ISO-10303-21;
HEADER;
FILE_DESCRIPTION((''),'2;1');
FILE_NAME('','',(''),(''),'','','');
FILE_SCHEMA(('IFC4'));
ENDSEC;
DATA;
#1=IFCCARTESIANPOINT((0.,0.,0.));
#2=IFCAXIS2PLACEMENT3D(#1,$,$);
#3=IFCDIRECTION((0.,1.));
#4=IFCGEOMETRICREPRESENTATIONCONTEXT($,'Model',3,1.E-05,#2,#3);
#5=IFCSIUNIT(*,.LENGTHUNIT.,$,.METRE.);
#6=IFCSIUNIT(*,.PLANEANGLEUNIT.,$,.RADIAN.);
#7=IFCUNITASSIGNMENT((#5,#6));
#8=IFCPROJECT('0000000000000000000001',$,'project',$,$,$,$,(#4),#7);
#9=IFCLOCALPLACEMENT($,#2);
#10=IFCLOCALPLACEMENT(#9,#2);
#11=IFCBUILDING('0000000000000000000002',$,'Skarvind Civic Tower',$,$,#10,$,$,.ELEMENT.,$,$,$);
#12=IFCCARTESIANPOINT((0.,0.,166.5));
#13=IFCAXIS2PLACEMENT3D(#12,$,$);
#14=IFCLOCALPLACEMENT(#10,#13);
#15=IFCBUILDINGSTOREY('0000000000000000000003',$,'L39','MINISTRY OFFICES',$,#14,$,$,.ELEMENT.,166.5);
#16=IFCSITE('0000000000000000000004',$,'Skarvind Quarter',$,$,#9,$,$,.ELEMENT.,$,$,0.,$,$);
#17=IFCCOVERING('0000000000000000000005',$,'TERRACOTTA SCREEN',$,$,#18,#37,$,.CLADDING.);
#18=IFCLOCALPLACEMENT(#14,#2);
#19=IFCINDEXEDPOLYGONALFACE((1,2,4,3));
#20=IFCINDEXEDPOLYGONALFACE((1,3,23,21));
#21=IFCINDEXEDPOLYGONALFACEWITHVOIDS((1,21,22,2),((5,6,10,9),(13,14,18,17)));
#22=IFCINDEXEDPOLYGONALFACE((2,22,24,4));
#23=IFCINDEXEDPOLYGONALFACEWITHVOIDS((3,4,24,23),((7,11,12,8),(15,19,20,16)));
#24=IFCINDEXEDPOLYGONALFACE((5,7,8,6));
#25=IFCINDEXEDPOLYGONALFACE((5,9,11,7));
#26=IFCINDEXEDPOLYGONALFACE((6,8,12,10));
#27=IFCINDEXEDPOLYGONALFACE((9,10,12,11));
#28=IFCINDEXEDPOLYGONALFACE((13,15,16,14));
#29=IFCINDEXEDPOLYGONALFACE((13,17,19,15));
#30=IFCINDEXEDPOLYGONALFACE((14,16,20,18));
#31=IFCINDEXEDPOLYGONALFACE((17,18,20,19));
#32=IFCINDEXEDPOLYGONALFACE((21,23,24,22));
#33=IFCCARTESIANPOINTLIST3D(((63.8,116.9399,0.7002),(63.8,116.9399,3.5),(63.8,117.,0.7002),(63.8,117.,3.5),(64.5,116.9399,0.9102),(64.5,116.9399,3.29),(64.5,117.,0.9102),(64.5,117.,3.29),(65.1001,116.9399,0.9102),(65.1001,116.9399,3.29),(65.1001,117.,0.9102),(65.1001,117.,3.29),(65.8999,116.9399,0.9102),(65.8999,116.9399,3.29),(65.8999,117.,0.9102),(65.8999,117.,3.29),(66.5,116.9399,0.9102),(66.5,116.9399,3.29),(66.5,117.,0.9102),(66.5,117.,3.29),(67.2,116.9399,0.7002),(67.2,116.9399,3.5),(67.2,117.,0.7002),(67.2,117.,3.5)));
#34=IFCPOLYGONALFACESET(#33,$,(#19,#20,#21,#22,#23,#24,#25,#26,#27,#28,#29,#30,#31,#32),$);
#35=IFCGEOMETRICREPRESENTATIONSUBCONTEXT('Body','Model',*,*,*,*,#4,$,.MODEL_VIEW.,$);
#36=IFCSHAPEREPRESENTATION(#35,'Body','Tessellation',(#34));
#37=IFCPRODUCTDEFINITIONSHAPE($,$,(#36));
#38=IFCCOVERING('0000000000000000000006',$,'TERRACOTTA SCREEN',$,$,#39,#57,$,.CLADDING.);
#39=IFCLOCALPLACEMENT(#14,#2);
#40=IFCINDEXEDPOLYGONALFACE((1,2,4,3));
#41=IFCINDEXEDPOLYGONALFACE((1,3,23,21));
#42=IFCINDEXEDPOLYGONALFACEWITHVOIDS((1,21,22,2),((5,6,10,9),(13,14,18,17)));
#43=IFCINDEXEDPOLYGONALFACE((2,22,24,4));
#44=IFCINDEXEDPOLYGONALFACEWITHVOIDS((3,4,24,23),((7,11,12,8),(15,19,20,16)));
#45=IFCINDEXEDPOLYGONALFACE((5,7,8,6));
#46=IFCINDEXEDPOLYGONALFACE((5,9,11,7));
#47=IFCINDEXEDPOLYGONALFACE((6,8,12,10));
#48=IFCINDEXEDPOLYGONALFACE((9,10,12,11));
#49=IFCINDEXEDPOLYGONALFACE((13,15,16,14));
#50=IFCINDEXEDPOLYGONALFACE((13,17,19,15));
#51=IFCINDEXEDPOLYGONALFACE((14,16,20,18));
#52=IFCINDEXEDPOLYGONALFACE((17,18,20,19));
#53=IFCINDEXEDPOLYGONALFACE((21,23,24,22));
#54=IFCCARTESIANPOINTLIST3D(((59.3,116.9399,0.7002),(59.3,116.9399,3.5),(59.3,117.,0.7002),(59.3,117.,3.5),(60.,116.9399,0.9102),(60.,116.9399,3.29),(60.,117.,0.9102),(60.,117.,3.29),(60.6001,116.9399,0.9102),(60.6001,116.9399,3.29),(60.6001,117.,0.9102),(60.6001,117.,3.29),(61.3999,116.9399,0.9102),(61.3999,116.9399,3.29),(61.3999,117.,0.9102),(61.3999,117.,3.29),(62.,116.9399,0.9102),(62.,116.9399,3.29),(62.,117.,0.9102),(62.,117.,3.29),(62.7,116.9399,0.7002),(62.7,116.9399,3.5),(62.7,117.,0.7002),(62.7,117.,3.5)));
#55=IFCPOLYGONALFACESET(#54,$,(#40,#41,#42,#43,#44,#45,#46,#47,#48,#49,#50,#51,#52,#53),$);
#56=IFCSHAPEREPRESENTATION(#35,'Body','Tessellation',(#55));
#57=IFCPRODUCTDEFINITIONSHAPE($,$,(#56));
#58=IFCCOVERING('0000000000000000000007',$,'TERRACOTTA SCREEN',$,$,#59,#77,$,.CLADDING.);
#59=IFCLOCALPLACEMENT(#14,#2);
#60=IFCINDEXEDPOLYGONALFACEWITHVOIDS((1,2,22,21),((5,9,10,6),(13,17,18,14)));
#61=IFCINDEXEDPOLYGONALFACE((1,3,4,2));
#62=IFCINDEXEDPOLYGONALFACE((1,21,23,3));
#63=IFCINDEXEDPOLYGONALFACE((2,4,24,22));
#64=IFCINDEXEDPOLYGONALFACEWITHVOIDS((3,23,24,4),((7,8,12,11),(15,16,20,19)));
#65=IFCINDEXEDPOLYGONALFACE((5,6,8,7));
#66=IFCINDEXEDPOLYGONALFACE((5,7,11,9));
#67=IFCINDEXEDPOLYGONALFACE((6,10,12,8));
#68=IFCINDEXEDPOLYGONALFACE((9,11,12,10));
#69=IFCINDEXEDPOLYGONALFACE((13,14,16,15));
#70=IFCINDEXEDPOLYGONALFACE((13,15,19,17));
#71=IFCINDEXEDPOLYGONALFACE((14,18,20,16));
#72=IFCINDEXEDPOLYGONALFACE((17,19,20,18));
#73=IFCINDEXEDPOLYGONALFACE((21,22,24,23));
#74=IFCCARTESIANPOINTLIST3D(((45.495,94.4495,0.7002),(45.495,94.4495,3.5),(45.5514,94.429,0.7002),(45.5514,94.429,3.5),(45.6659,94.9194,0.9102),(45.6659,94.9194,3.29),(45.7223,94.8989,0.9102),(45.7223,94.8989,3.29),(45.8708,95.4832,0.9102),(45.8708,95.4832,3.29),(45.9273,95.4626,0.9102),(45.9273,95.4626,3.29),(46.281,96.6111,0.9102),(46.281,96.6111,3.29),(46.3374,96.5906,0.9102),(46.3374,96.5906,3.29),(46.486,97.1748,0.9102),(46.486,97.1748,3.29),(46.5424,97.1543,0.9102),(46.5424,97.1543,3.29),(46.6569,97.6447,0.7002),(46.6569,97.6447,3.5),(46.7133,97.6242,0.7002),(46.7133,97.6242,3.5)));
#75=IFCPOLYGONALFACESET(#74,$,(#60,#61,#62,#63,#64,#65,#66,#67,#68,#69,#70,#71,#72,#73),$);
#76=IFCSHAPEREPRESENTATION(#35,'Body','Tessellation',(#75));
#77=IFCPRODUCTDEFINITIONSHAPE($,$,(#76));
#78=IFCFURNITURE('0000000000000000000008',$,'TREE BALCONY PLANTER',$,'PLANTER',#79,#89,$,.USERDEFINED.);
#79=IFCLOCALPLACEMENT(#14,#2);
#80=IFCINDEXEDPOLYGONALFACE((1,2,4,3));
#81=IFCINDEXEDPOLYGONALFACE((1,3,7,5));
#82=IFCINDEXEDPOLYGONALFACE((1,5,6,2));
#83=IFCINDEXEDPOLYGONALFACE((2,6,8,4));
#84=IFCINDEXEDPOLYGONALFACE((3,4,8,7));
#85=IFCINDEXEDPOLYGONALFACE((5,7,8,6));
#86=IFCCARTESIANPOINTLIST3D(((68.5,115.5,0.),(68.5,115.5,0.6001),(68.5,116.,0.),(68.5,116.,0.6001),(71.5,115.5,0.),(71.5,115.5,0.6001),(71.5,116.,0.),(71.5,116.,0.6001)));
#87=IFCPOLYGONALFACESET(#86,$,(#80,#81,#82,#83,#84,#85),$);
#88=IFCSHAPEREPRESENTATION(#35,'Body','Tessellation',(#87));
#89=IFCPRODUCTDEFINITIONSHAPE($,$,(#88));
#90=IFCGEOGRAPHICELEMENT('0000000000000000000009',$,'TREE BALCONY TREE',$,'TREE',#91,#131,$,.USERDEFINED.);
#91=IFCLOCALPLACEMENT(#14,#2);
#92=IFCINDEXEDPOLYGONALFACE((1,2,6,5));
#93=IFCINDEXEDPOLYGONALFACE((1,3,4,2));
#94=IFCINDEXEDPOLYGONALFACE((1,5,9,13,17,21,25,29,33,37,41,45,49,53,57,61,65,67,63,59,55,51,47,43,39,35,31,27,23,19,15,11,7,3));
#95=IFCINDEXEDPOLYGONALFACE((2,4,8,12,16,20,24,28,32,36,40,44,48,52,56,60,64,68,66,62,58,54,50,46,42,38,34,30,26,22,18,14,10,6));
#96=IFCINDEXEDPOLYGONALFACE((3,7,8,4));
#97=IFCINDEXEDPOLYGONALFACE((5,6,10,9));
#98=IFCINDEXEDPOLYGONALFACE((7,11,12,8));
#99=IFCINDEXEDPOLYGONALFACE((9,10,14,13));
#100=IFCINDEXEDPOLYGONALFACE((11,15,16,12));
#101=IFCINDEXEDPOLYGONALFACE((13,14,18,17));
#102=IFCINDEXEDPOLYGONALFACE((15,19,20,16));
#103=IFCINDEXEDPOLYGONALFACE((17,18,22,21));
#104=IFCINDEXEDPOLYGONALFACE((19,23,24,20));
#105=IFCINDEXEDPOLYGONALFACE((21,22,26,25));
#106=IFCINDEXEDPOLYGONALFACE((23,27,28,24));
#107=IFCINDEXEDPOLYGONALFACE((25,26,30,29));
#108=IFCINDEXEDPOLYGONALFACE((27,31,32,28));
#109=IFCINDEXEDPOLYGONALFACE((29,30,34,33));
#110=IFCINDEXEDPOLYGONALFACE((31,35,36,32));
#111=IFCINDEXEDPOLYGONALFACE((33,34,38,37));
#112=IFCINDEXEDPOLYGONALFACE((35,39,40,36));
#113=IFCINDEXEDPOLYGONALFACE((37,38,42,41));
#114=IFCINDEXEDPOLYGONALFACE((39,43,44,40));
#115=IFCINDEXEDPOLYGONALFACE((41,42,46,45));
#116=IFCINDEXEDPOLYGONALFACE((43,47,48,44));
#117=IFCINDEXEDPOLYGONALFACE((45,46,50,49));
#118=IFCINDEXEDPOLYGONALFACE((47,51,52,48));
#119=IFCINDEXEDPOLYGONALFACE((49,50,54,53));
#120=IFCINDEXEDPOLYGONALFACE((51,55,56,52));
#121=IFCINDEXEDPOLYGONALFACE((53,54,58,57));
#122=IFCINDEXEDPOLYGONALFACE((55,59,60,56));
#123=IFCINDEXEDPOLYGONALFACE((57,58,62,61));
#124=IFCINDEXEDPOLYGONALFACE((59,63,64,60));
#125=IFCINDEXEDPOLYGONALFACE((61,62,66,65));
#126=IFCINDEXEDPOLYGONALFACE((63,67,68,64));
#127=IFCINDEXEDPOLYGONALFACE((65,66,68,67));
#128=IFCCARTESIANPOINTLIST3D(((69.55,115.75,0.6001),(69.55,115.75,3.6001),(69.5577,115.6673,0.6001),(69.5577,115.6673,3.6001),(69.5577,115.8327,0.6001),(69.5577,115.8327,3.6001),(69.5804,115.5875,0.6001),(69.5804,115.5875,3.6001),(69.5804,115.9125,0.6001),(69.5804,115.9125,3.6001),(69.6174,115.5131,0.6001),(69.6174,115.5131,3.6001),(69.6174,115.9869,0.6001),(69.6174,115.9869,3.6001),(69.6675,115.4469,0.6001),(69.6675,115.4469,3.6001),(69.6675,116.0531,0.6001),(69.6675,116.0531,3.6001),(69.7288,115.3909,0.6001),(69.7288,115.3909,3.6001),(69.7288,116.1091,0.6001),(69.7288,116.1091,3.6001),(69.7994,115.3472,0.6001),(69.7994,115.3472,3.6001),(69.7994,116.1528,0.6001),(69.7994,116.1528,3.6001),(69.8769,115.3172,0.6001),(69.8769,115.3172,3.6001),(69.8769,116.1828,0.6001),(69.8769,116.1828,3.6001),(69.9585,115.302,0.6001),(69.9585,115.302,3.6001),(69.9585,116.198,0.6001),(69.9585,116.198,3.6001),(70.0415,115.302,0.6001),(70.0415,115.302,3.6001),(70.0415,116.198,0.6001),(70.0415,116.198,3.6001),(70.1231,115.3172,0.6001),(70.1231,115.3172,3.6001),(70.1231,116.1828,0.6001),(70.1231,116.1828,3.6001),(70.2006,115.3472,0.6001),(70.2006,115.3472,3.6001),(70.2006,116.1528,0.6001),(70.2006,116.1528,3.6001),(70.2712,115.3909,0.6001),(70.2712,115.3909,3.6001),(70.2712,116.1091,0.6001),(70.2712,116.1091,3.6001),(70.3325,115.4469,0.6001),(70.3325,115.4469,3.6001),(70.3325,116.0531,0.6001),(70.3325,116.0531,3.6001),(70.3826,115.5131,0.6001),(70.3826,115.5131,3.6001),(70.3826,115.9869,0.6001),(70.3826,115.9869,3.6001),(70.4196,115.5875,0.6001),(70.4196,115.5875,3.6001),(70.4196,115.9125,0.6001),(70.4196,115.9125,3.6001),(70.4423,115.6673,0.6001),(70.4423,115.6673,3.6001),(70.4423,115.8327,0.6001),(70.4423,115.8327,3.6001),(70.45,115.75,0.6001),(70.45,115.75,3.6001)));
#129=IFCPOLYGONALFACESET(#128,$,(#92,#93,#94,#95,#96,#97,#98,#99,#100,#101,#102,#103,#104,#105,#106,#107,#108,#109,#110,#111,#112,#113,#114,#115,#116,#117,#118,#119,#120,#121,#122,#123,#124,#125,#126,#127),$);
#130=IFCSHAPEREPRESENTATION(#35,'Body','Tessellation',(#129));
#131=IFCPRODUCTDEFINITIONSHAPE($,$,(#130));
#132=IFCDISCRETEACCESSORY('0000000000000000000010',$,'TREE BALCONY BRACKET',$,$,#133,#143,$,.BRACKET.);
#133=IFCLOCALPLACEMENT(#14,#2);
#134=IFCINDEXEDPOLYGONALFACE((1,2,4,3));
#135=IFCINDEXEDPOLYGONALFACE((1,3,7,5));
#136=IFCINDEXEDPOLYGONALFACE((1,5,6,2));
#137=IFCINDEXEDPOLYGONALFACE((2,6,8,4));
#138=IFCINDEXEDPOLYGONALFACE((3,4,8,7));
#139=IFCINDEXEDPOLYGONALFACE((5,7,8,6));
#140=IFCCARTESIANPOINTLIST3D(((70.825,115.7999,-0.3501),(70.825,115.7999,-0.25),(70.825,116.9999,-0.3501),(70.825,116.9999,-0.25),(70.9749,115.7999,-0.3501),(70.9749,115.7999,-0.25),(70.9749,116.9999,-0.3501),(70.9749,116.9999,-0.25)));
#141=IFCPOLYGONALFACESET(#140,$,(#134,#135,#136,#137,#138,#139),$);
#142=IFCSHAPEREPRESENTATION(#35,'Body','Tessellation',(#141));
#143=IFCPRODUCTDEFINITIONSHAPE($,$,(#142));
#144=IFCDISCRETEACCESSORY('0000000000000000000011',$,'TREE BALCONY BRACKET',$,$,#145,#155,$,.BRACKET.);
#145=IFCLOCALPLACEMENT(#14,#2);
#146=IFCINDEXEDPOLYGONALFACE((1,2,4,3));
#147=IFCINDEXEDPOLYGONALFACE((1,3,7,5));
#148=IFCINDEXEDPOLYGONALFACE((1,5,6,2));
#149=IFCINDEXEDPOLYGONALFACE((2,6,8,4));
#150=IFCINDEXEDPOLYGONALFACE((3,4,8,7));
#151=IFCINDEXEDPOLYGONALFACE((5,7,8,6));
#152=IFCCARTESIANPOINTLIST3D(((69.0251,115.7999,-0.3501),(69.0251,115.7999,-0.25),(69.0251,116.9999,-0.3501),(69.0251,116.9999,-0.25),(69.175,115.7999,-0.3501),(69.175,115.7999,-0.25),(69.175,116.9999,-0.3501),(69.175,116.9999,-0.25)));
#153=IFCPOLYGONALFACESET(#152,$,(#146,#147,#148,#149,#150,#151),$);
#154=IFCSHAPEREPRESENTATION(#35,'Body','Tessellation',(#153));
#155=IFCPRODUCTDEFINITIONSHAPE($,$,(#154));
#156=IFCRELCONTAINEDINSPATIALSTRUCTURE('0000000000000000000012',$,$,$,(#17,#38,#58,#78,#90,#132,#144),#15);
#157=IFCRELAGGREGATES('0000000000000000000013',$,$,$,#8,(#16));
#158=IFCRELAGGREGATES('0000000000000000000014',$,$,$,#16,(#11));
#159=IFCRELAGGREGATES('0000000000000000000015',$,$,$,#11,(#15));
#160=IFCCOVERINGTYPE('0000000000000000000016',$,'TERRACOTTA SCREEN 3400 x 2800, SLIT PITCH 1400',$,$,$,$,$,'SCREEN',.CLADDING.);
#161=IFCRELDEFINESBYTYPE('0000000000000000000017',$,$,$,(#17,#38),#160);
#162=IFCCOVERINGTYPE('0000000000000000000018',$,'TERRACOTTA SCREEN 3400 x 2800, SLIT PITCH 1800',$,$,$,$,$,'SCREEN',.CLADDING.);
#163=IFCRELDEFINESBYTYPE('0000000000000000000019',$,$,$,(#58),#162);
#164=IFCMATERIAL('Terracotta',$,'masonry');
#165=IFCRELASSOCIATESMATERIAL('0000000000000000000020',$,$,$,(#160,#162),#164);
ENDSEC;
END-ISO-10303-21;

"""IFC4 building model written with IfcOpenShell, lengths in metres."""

from ifc_helpers import new_model, si_unit, direction, frame, origin, origin_2d, place, context, subcontext, project, spatial, polyline, rectangle, circle, outline, extrude, material, material_profile, profile_set, type_object, element, save


model = new_model("IFC4")

# Units and contexts
model_context = context("Model", 3, precision=1e-05, world=origin(), true_north=direction((0.0, 1.0)))
body_context = subcontext(model_context, "Body", "Model", "MODEL_VIEW")
ifc_project = project(units=[si_unit("LENGTHUNIT", "METRE"), si_unit("PLANEANGLEUNIT", "RADIAN")], contexts=[model_context])

# Site, building, storey
site_placement = place(None, origin())
site = spatial("IfcSite", under=ifc_project, at=site_placement, Name="Skarvind Quarter", CompositionType="ELEMENT", RefElevation=0.0)
building_placement = place(site_placement, origin())
building = spatial("IfcBuilding", under=site, at=building_placement, Name="Skarvind Civic Tower", CompositionType="ELEMENT")
storey_placement = place(building_placement, frame((0.0, 0.0, 166.5)))
storey = spatial("IfcBuildingStorey", under=building, at=storey_placement, Name="L39", Description="MINISTRY OFFICES", CompositionType="ELEMENT", Elevation=166.5)

# Coverings
ifc_material_1 = material(Name="Terracotta", Category="masonry")
ifc_material_profile_1 = material_profile(ifc_material_1, outline(polyline([(-1.7, -1.3999), (1.7, -1.3999), (1.7, 1.3999), (-1.7, 1.3999), (-1.7, -1.3999)]), holes=[polyline([(-1.0, -1.1899), (-0.3999, -1.1899), (-0.3999, 1.1899), (-1.0, 1.1899), (-1.0, -1.1899)]), polyline([(0.3999, -1.1899), (1.0, -1.1899), (1.0, 1.1899), (0.3999, 1.1899), (0.3999, -1.1899)])]), Name="TERRACOTTA SCREEN 3400 x 2800, SLIT PITCH 1400")
ifc_profile_set_1 = profile_set([ifc_material_profile_1], Name="Terracotta")
covering_type_1 = type_object("IfcCoveringType", Name="TERRACOTTA SCREEN 3400 x 2800, SLIT PITCH 1400", ElementType="SCREEN", PredefinedType="CLADDING", material=ifc_profile_set_1)
for number, where, z_axis, x_axis, name in (
    (1, (65.5, 117.0, 2.1001), (0.0, -1.0, 0.0), (1.0, 0.0, 0.0), "TERRACOTTA SCREEN"),
    (2, (61.0, 117.0, 2.1001), (0.0, -1.0, 0.0), (1.0, 0.0, 0.0), "TERRACOTTA SCREEN"),
):
    element("IfcCovering", number, at=place(storey_placement, frame(where, z_axis=z_axis, x_axis=x_axis)), inside=storey, type_object=covering_type_1, Name=name, PredefinedType="CLADDING", context=body_context, shape_type="SweptSolid", body=[
        extrude(outline(polyline([(-1.7, -1.3999), (1.7, -1.3999), (1.7, 1.3999), (-1.7, 1.3999), (-1.7, -1.3999)]), holes=[polyline([(-1.0, -1.1899), (-0.3999, -1.1899), (-0.3999, 1.1899), (-1.0, 1.1899), (-1.0, -1.1899)]), polyline([(0.3999, -1.1899), (1.0, -1.1899), (1.0, 1.1899), (0.3999, 1.1899), (0.3999, -1.1899)])]), origin(), (0.0, 0.0, 1.0), 0.0601),
    ])
ifc_material_profile_2 = material_profile(ifc_material_1, outline(polyline([(-1.7, -1.3999), (1.7, -1.3999), (1.7, 1.3999), (-1.7, 1.3999), (-1.7, -1.3999)]), holes=[polyline([(-1.2, -1.1899), (-0.6001, -1.1899), (-0.6001, 1.1899), (-1.2, 1.1899), (-1.2, -1.1899)]), polyline([(0.6001, -1.1899), (1.2, -1.1899), (1.2, 1.1899), (0.6001, 1.1899), (0.6001, -1.1899)])]), Name="TERRACOTTA SCREEN 3400 x 2800, SLIT PITCH 1800")
ifc_profile_set_2 = profile_set([ifc_material_profile_2], Name="Terracotta")
covering_type_2 = type_object("IfcCoveringType", Name="TERRACOTTA SCREEN 3400 x 2800, SLIT PITCH 1800", ElementType="SCREEN", PredefinedType="CLADDING", material=ifc_profile_set_2)
covering_placement = place(storey_placement, frame((46.0759, 96.0471, 2.1001), z_axis=(0.939793, -0.341743, 0.0), x_axis=(0.341743, 0.939793, 0.0)))
element("IfcCovering", 3, at=covering_placement, inside=storey, type_object=covering_type_2, Name="TERRACOTTA SCREEN", PredefinedType="CLADDING", context=body_context, shape_type="SweptSolid", body=[
    extrude(outline(polyline([(-1.7, -1.3999), (1.7, -1.3999), (1.7, 1.3999), (-1.7, 1.3999), (-1.7, -1.3999)]), holes=[polyline([(-1.2, -1.1899), (-0.6001, -1.1899), (-0.6001, 1.1899), (-1.2, 1.1899), (-1.2, -1.1899)]), polyline([(0.6001, -1.1899), (1.2, -1.1899), (1.2, 1.1899), (0.6001, 1.1899), (0.6001, -1.1899)])]), origin(), (0.0, 0.0, 1.0), 0.0601),
])

# Furniture
furniture_placement = place(storey_placement, frame((70.0, 115.75, 0.0), z_axis=(0.0, 0.0, 1.0), x_axis=(-1.0, 0.0, 0.0)))
element("IfcFurniture", 4, at=furniture_placement, inside=storey, Name="TREE BALCONY PLANTER", ObjectType="PLANTER", PredefinedType="USERDEFINED", context=body_context, shape_type="SweptSolid", body=[
    extrude(rectangle(XDim=3.0, YDim=0.5, at=origin_2d()), origin(), (0.0, 0.0, 1.0), 0.6001),
])

# Geographic element
geographic_element_placement = place(storey_placement, frame((70.0, 115.75, 0.6001), z_axis=(0.0, 0.0, 1.0), x_axis=(1.0, 0.0, 0.0)))
element("IfcGeographicElement", 5, at=geographic_element_placement, inside=storey, Name="TREE BALCONY TREE", ObjectType="TREE", PredefinedType="USERDEFINED", context=body_context, shape_type="SweptSolid", body=[
    extrude(circle(Radius=0.45, at=origin_2d()), origin(), (0.0, 0.0, 1.0), 3.0),
])

# Discrete accessories
for number, where, z_axis, x_axis, name in (
    (6, (70.8999, 116.3999, -0.3501), (0.0, 0.0, 1.0), (-1.0, 0.0, 0.0), "TREE BALCONY BRACKET"),
    (7, (69.1001, 116.3999, -0.3501), (0.0, 0.0, 1.0), (-1.0, 0.0, 0.0), "TREE BALCONY BRACKET"),
):
    element("IfcDiscreteAccessory", number, at=place(storey_placement, frame(where, z_axis=z_axis, x_axis=x_axis)), inside=storey, Name=name, PredefinedType="BRACKET", context=body_context, shape_type="SweptSolid", body=[
        extrude(rectangle(XDim=0.1499, YDim=1.2, at=origin_2d()), origin(), (0.0, 0.0, 1.0), 0.1001),
    ])

save(model, "model.ifc")
